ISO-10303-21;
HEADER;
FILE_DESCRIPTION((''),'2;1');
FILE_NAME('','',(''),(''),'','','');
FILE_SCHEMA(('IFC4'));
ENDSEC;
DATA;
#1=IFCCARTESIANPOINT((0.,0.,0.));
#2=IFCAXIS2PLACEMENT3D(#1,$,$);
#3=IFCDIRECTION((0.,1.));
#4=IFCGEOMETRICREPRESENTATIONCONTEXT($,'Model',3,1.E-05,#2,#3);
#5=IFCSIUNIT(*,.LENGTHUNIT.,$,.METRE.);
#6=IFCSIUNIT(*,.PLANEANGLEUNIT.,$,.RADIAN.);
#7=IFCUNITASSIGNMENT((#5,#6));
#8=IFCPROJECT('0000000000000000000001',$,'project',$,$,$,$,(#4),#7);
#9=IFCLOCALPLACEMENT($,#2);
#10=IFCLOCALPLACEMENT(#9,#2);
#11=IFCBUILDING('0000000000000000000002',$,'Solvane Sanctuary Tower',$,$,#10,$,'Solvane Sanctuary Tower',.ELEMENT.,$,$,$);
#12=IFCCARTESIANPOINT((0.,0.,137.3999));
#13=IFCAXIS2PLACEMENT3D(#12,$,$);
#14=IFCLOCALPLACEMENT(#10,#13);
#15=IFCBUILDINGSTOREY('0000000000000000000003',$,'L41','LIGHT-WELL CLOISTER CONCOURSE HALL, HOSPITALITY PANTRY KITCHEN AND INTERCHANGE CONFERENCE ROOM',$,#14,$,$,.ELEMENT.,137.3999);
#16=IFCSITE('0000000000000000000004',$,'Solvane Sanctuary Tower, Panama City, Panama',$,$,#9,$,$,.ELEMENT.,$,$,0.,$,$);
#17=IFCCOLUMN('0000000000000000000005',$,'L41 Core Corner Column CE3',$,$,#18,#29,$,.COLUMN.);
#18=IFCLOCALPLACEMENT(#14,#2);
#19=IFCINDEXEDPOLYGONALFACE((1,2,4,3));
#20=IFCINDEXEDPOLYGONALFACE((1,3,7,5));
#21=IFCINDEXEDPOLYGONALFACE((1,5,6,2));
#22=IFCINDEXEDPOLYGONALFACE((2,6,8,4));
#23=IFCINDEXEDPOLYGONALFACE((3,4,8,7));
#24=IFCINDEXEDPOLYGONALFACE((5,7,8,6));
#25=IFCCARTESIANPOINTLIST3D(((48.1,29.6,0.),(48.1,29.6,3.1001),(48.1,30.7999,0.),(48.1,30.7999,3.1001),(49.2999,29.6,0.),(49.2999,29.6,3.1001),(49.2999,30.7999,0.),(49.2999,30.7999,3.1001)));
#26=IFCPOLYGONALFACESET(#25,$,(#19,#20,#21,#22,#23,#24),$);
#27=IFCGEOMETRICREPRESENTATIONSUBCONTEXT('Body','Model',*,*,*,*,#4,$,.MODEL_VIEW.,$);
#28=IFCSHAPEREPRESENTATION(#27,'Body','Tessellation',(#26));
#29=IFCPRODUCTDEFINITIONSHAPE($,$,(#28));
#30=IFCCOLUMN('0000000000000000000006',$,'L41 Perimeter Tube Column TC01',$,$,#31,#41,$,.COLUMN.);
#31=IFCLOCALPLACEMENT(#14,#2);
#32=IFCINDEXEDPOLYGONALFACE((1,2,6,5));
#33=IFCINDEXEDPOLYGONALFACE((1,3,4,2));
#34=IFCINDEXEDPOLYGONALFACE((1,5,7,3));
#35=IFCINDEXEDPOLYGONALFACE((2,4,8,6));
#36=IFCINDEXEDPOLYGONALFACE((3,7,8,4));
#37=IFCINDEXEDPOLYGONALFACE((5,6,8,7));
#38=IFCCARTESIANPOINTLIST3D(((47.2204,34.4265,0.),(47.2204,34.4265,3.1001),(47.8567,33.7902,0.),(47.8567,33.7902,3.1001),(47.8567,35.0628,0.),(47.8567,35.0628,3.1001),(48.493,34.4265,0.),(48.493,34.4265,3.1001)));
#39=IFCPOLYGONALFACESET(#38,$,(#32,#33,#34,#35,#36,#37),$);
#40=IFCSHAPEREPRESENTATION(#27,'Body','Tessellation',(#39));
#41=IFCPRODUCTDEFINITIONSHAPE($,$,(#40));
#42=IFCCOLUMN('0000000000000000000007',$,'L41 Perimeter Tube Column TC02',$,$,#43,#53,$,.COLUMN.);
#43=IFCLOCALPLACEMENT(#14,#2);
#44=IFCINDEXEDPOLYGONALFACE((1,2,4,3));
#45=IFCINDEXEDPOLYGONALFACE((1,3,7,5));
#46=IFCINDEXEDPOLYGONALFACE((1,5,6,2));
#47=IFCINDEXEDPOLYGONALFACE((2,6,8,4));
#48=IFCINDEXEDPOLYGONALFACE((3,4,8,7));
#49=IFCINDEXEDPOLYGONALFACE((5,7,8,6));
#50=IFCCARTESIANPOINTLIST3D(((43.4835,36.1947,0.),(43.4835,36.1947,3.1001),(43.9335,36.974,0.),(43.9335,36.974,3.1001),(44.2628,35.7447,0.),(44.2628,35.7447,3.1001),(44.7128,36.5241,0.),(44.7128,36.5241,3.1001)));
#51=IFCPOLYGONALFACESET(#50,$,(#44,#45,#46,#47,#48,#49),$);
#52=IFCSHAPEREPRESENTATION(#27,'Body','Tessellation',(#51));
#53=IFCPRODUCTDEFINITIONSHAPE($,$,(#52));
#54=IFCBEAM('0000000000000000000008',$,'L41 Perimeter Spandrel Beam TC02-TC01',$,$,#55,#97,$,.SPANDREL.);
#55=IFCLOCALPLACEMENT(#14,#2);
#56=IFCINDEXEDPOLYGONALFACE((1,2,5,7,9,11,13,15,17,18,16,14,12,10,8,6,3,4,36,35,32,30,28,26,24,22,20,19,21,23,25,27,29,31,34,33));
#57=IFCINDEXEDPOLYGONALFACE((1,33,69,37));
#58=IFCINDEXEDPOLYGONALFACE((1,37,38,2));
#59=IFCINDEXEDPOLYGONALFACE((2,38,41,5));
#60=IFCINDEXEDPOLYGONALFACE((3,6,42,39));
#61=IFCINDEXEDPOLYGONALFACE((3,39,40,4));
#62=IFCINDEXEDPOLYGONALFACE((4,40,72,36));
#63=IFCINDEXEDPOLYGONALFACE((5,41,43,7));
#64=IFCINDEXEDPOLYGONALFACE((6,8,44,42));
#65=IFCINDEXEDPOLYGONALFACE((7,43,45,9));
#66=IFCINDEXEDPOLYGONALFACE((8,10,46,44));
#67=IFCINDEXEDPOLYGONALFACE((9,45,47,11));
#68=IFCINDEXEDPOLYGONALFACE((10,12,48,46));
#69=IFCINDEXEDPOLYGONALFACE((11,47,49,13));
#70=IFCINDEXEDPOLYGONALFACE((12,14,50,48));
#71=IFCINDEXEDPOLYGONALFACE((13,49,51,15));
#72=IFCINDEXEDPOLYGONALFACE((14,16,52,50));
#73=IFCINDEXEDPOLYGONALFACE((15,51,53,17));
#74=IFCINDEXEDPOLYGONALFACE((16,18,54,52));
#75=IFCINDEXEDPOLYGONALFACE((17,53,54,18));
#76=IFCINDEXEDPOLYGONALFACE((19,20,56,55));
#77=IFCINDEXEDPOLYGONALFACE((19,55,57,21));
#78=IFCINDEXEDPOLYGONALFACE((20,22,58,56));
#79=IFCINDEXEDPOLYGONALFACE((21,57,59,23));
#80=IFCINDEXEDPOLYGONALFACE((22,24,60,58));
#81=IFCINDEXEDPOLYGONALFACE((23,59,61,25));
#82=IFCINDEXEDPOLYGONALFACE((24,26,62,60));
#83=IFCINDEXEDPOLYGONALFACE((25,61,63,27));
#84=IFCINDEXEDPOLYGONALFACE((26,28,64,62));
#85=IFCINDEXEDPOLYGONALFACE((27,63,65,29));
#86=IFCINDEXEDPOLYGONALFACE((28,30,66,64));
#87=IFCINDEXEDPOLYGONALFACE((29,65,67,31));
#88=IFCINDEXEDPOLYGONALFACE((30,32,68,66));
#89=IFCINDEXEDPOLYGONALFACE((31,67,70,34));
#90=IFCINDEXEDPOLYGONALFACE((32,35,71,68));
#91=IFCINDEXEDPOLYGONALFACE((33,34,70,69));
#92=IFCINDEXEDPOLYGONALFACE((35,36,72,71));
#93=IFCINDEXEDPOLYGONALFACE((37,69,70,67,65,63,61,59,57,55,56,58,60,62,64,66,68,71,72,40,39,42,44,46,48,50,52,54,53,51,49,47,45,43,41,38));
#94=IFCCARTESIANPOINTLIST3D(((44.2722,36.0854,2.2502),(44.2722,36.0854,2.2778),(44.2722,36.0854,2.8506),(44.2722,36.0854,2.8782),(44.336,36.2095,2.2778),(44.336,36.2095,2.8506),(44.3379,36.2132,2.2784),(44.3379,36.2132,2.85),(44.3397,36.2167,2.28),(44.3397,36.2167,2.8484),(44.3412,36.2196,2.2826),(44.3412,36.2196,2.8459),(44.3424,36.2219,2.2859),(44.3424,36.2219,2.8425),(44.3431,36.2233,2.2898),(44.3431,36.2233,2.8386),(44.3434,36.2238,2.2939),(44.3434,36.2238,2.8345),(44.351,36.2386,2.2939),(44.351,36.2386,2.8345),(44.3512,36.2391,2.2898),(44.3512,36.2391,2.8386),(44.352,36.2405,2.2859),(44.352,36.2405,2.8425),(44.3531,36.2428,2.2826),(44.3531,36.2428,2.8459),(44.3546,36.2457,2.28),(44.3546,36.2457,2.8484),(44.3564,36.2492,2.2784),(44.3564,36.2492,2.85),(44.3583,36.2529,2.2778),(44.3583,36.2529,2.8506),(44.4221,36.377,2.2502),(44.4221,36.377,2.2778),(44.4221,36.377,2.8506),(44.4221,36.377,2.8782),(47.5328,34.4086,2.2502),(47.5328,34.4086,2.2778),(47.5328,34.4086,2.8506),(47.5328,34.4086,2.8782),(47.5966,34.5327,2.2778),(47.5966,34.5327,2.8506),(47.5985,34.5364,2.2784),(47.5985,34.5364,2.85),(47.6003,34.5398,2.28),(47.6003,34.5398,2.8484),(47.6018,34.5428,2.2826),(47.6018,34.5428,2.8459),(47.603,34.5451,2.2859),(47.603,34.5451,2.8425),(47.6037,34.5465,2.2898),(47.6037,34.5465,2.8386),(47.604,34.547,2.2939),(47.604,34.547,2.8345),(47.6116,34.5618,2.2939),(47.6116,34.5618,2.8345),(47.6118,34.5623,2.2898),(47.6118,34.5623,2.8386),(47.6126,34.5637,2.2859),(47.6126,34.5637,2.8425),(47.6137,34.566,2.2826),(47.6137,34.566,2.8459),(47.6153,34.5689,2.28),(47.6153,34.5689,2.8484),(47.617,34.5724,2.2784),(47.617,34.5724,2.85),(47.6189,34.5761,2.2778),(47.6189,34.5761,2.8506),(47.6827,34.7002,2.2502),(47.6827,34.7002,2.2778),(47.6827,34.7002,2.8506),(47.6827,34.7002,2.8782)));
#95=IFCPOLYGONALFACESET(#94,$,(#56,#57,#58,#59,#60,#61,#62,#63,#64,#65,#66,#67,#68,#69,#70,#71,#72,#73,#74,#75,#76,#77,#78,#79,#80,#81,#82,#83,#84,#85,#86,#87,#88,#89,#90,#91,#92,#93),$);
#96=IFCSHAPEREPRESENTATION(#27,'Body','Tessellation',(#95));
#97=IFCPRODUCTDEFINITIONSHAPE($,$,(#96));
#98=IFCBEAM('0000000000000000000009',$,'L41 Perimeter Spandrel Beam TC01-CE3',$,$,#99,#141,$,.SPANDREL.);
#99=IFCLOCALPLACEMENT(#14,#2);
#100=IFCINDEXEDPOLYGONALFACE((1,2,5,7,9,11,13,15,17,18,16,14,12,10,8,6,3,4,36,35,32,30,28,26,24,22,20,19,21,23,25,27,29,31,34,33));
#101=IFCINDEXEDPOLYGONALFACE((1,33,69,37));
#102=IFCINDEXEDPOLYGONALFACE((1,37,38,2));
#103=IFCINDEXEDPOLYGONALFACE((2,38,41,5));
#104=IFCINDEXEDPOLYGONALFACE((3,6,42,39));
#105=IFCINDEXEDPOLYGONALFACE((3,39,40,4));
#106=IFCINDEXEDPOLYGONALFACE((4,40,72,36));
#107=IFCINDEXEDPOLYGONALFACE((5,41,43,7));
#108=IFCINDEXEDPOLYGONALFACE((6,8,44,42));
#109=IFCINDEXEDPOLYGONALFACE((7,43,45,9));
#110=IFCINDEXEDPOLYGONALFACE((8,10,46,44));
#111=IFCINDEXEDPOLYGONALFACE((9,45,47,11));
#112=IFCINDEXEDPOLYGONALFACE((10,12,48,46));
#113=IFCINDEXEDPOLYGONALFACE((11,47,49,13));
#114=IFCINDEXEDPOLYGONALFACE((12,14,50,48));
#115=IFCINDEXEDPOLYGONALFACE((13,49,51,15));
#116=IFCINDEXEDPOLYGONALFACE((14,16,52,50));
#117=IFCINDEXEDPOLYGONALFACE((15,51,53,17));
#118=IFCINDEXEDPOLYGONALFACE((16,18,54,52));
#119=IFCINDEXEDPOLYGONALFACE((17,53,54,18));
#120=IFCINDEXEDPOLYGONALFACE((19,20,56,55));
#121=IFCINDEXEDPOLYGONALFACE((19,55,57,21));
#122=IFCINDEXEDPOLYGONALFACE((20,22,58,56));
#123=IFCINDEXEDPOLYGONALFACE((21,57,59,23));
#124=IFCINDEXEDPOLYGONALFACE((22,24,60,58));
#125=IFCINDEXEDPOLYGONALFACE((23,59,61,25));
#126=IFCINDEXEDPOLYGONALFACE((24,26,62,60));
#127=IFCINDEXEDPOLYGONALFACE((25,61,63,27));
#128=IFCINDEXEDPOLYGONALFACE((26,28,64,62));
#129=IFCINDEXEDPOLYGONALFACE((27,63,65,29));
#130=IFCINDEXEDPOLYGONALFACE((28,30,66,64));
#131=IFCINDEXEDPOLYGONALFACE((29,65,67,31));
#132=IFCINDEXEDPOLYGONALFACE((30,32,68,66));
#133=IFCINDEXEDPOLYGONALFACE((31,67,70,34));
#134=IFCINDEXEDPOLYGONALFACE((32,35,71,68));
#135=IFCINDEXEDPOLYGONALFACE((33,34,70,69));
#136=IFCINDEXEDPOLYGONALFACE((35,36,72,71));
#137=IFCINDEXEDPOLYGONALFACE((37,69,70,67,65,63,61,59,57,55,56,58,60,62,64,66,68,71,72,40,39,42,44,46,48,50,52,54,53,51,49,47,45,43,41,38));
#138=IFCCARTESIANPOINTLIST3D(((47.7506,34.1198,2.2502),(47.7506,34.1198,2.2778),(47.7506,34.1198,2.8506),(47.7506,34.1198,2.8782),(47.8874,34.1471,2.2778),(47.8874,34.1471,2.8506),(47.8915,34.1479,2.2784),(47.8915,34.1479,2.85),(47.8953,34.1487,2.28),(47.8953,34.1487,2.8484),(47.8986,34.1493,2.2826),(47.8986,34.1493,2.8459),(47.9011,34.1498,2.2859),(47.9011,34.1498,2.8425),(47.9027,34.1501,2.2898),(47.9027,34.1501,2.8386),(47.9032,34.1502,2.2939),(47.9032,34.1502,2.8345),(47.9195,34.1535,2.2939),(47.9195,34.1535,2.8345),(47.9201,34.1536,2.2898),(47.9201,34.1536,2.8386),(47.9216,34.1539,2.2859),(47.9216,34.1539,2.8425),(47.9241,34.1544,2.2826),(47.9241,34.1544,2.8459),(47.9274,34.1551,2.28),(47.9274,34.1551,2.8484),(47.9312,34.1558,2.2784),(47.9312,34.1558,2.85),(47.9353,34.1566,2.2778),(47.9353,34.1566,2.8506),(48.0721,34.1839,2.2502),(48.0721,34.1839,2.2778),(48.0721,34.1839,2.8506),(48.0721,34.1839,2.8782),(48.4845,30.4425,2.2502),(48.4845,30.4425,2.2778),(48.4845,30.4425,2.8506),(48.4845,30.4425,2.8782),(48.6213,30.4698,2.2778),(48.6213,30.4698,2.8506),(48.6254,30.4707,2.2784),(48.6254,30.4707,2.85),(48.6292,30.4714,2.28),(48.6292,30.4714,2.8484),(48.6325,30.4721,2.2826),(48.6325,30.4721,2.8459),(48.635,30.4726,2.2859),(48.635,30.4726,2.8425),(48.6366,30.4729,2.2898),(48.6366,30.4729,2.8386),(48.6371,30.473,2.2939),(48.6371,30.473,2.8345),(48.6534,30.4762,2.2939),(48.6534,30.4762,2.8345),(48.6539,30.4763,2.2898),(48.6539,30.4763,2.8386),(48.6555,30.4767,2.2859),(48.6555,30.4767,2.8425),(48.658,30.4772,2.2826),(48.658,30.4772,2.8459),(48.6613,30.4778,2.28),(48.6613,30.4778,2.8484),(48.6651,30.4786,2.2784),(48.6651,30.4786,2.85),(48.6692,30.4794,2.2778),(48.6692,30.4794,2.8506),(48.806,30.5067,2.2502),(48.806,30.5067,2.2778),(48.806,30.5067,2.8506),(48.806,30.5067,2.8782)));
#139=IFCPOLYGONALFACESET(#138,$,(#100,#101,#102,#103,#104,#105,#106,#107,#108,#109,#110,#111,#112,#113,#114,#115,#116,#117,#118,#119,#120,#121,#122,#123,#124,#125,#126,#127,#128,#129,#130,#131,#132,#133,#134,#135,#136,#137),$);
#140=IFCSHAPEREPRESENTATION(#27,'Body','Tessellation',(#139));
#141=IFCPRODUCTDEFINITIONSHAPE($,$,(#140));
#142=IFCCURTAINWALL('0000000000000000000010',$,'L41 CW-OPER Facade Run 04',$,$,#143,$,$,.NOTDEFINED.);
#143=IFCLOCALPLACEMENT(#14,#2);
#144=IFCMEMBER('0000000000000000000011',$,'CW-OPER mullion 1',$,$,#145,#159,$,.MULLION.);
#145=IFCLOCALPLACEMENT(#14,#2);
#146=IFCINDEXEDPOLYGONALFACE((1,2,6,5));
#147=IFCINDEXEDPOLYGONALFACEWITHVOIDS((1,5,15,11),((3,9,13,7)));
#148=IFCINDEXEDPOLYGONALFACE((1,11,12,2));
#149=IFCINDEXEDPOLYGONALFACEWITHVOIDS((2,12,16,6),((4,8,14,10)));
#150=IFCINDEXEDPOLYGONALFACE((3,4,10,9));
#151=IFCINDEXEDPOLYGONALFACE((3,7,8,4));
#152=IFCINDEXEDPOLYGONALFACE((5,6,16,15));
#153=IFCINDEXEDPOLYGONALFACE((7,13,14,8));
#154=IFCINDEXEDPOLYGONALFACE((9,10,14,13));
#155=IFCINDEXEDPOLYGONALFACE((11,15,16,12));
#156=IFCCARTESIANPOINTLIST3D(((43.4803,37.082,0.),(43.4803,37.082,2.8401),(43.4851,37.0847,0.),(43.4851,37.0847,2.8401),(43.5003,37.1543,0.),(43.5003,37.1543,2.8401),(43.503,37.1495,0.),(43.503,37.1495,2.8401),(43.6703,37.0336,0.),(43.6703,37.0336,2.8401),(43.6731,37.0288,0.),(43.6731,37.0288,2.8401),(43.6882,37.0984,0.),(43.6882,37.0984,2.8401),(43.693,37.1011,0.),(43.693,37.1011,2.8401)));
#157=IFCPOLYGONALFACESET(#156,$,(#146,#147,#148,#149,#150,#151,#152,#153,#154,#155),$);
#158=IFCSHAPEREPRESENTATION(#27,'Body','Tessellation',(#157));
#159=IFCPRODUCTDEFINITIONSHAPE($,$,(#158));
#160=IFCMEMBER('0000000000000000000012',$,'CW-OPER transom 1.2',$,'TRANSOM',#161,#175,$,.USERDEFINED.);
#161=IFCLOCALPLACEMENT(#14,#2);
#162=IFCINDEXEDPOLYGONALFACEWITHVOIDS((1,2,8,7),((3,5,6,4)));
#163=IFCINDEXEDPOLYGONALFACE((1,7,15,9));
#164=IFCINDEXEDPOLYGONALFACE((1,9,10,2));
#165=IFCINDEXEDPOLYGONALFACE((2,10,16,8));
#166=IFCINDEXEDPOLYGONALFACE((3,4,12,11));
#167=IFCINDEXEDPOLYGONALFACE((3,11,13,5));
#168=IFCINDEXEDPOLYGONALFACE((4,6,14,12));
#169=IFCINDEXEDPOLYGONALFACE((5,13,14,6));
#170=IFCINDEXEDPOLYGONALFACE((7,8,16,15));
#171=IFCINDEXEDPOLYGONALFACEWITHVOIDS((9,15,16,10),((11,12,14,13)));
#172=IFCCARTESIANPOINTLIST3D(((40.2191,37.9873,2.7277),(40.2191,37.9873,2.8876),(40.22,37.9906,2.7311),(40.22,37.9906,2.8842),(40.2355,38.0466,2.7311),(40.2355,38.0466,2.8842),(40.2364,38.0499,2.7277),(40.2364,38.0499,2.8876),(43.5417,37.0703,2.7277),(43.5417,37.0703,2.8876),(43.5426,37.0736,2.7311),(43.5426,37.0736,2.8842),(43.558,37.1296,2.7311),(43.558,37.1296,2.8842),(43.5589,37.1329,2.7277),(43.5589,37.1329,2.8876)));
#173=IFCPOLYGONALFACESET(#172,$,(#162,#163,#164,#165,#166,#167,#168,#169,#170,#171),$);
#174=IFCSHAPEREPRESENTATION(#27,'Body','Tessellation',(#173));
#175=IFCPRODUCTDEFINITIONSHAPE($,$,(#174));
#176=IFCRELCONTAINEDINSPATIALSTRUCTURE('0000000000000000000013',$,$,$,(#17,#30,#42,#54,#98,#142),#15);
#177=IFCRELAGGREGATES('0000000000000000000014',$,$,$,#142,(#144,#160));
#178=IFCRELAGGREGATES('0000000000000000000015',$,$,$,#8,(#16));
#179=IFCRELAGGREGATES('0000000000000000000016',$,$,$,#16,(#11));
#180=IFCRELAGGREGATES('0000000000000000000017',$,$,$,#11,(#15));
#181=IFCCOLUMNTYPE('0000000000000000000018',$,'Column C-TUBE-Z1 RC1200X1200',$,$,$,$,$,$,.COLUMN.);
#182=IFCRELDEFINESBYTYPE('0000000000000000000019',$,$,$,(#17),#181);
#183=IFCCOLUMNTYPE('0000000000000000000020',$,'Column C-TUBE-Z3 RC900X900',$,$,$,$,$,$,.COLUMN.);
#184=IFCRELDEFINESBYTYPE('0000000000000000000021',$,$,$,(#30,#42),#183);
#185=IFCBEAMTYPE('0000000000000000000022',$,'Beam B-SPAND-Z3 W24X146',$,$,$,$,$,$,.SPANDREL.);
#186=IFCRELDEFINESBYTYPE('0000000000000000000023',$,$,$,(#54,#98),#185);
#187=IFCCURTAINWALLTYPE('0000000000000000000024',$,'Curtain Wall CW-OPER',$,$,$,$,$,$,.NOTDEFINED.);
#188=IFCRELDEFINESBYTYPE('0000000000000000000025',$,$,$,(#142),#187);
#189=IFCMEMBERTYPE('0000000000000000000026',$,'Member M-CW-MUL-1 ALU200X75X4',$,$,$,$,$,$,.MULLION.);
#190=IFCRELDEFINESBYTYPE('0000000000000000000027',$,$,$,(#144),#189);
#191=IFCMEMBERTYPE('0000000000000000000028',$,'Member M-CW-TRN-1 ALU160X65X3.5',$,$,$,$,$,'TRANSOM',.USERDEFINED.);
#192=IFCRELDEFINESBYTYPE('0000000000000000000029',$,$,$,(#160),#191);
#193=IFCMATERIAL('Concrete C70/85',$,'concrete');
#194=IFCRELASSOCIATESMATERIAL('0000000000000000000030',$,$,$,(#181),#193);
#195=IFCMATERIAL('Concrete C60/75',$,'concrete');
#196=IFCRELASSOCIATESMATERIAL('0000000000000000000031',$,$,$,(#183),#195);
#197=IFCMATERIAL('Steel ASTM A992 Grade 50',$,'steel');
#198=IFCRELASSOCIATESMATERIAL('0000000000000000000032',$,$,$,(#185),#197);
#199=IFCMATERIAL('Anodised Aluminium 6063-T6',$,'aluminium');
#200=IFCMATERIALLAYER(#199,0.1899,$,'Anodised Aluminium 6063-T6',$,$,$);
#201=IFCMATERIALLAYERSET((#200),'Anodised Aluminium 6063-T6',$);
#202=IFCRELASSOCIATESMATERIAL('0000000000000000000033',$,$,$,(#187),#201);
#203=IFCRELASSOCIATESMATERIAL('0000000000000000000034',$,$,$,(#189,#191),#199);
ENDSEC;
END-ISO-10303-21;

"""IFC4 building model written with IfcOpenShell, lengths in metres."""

from ifc_helpers import new_model, si_unit, direction, frame, origin, origin_2d, place, context, subcontext, project, spatial, rectangle, hollow_rectangle, i_section, extrude, material, layer, layer_set, material_profile, profile_set, type_object, element, aggregate, save


model = new_model("IFC4")

# Units and contexts
model_context = context("Model", 3, precision=1e-05, world=origin(), true_north=direction((0.0, 1.0)))
body_context = subcontext(model_context, "Body", "Model", "MODEL_VIEW")
ifc_project = project(units=[si_unit("LENGTHUNIT", "METRE"), si_unit("PLANEANGLEUNIT", "RADIAN")], contexts=[model_context])

# Site, building, storey
site_placement = place(None, origin())
site = spatial("IfcSite", under=ifc_project, at=site_placement, Name="Solvane Sanctuary Tower, Panama City, Panama", CompositionType="ELEMENT", RefElevation=0.0)
building_placement = place(site_placement, origin())
building = spatial("IfcBuilding", under=site, at=building_placement, Name="Solvane Sanctuary Tower", LongName="Solvane Sanctuary Tower", CompositionType="ELEMENT")
storey_placement = place(building_placement, frame((0.0, 0.0, 137.3999)))
storey = spatial("IfcBuildingStorey", under=building, at=storey_placement, Name="L41", Description="LIGHT-WELL CLOISTER CONCOURSE HALL, HOSPITALITY PANTRY KITCHEN AND INTERCHANGE CONFERENCE ROOM", CompositionType="ELEMENT", Elevation=137.3999)

# Columns
ifc_material_1 = material(Name="Concrete C70/85", Category="concrete")
ifc_material_profile_1 = material_profile(ifc_material_1, rectangle(XDim=1.2, YDim=1.2, at=origin_2d()), Name="RC1200X1200")
ifc_profile_set_1 = profile_set([ifc_material_profile_1], Name="Concrete C70/85")
column_type_1 = type_object("IfcColumnType", Name="Column C-TUBE-Z1 RC1200X1200", PredefinedType="COLUMN", material=ifc_profile_set_1)
column_placement = place(storey_placement, frame((48.7, 30.2, 0.0), z_axis=(0.0, 0.0, 1.0), x_axis=(1.0, 0.0, 0.0)))
element("IfcColumn", 1, at=column_placement, inside=storey, type_object=column_type_1, Name="L41 Core Corner Column CE3", PredefinedType="COLUMN", context=body_context, shape_type="SweptSolid", body=[
    extrude(rectangle(XDim=1.2, YDim=1.2, at=origin_2d()), origin(), (0.0, 0.0, 1.0), 3.1001),
])
ifc_material_2 = material(Name="Concrete C60/75", Category="concrete")
ifc_material_profile_2 = material_profile(ifc_material_2, rectangle(XDim=0.8999, YDim=0.8999, at=origin_2d()), Name="RC900X900")
ifc_profile_set_2 = profile_set([ifc_material_profile_2], Name="Concrete C60/75")
column_type_2 = type_object("IfcColumnType", Name="Column C-TUBE-Z3 RC900X900", PredefinedType="COLUMN", material=ifc_profile_set_2)
for number, where, z_axis, x_axis, name in (
    (2, (47.8567, 34.4265, 0.0), (0.0, 0.0, 1.0), (0.707107, 0.707107, 0.0), "L41 Perimeter Tube Column TC01"),
    (3, (44.0981, 36.3594, 0.0), (0.0, 0.0, 1.0), (0.5, 0.866025, 0.0), "L41 Perimeter Tube Column TC02"),
):
    element("IfcColumn", number, at=place(storey_placement, frame(where, z_axis=z_axis, x_axis=x_axis)), inside=storey, type_object=column_type_2, Name=name, PredefinedType="COLUMN", context=body_context, shape_type="SweptSolid", body=[
        extrude(rectangle(XDim=0.8999, YDim=0.8999, at=origin_2d()), origin(), (0.0, 0.0, 1.0), 3.1001),
    ])

# Beams
ifc_material_3 = material(Name="Steel ASTM A992 Grade 50", Category="steel")
ifc_material_profile_3 = material_profile(ifc_material_3, i_section(OverallWidth=0.3279, OverallDepth=0.6279, WebThickness=0.0166, FlangeThickness=0.0276, FilletRadius=0.0161, at=origin_2d()), Name="W24X146")
ifc_profile_set_3 = profile_set([ifc_material_profile_3], Name="Steel ASTM A992 Grade 50")
beam_type = type_object("IfcBeamType", Name="Beam B-SPAND-Z3 W24X146", PredefinedType="SPANDREL", material=ifc_profile_set_3)
beam_1_placement = place(storey_placement, frame((44.3472, 36.2312, 2.5642), z_axis=(0.889296, -0.457333, 0.0), x_axis=(0.457333, 0.889296, 0.0)))
element("IfcBeam", 4, at=beam_1_placement, inside=storey, type_object=beam_type, Name="L41 Perimeter Spandrel Beam TC02-TC01", PredefinedType="SPANDREL", context=body_context, shape_type="SweptSolid", body=[
    extrude(i_section(OverallWidth=0.3279, OverallDepth=0.6279, WebThickness=0.0166, FlangeThickness=0.0276, FilletRadius=0.0161, at=origin_2d()), origin(), (0.0, 0.0, 1.0), 3.6665),
])
beam_2_placement = place(storey_placement, frame((47.9114, 34.1519, 2.5642), z_axis=(0.195715, -0.980661, 0.0), x_axis=(0.980661, 0.195715, 0.0)))
element("IfcBeam", 5, at=beam_2_placement, inside=storey, type_object=beam_type, Name="L41 Perimeter Spandrel Beam TC01-CE3", PredefinedType="SPANDREL", context=body_context, shape_type="SweptSolid", body=[
    extrude(i_section(OverallWidth=0.3279, OverallDepth=0.6279, WebThickness=0.0166, FlangeThickness=0.0276, FilletRadius=0.0161, at=origin_2d()), origin(), (0.0, 0.0, 1.0), 3.7498),
])

# Curtain wall, members
ifc_material_4 = material(Name="Anodised Aluminium 6063-T6", Category="aluminium")
ifc_layer_1 = layer(ifc_material_4, 0.1899, Name="Anodised Aluminium 6063-T6")
ifc_layer_set_1 = layer_set([ifc_layer_1], Name="Anodised Aluminium 6063-T6")
curtain_wall_type = type_object("IfcCurtainWallType", Name="Curtain Wall CW-OPER", PredefinedType="NOTDEFINED", material=ifc_layer_set_1)
curtain_wall_placement = place(storey_placement, origin())
curtain_wall = element("IfcCurtainWall", 6, at=curtain_wall_placement, inside=storey, type_object=curtain_wall_type, Name="L41 CW-OPER Facade Run 04", PredefinedType="NOTDEFINED")
ifc_material_profile_4 = material_profile(ifc_material_4, hollow_rectangle(XDim=0.075, YDim=0.2, WallThickness=0.0039, at=origin_2d()), Name="ALU200X75X4")
ifc_profile_set_4 = profile_set([ifc_material_profile_4], Name="Anodised Aluminium 6063-T6")
member_type_1 = type_object("IfcMemberType", Name="Member M-CW-MUL-1 ALU200X75X4", PredefinedType="MULLION", material=ifc_profile_set_4)
member_1_placement = place(storey_placement, frame((43.5867, 37.0916, 0.0), z_axis=(0.0, 0.0, 1.0), x_axis=(-0.266022, -0.963967, 0.0)))
member_1 = element("IfcMember", 7, at=member_1_placement, type_object=member_type_1, Name="CW-OPER mullion 1", PredefinedType="MULLION", context=body_context, shape_type="SweptSolid", body=[
    extrude(hollow_rectangle(XDim=0.075, YDim=0.2, WallThickness=0.0039, at=origin_2d()), origin(), (0.0, 0.0, 1.0), 2.8401),
])
ifc_material_profile_5 = material_profile(ifc_material_4, hollow_rectangle(XDim=0.0649, YDim=0.1599, WallThickness=0.0034, at=origin_2d()), Name="ALU160X65X3.5")
ifc_profile_set_5 = profile_set([ifc_material_profile_5], Name="Anodised Aluminium 6063-T6")
member_type_2 = type_object("IfcMemberType", Name="Member M-CW-TRN-1 ALU160X65X3.5", ElementType="TRANSOM", PredefinedType="USERDEFINED", material=ifc_profile_set_5)
member_2_placement = place(storey_placement, frame((43.5503, 37.1016, 2.8076), z_axis=(-0.96396, 0.266047, 0.0), x_axis=(-0.266047, -0.96396, 0.0)))
member_2 = element("IfcMember", 8, at=member_2_placement, type_object=member_type_2, Name="CW-OPER transom 1.2", ObjectType="TRANSOM", PredefinedType="USERDEFINED", context=body_context, shape_type="SweptSolid", body=[
    extrude(hollow_rectangle(XDim=0.0649, YDim=0.1599, WallThickness=0.0034, at=origin_2d()), origin(), (0.0, 0.0, 1.0), 3.4468),
])
aggregate(curtain_wall, [member_1, member_2])

save(model, "model.ifc")
